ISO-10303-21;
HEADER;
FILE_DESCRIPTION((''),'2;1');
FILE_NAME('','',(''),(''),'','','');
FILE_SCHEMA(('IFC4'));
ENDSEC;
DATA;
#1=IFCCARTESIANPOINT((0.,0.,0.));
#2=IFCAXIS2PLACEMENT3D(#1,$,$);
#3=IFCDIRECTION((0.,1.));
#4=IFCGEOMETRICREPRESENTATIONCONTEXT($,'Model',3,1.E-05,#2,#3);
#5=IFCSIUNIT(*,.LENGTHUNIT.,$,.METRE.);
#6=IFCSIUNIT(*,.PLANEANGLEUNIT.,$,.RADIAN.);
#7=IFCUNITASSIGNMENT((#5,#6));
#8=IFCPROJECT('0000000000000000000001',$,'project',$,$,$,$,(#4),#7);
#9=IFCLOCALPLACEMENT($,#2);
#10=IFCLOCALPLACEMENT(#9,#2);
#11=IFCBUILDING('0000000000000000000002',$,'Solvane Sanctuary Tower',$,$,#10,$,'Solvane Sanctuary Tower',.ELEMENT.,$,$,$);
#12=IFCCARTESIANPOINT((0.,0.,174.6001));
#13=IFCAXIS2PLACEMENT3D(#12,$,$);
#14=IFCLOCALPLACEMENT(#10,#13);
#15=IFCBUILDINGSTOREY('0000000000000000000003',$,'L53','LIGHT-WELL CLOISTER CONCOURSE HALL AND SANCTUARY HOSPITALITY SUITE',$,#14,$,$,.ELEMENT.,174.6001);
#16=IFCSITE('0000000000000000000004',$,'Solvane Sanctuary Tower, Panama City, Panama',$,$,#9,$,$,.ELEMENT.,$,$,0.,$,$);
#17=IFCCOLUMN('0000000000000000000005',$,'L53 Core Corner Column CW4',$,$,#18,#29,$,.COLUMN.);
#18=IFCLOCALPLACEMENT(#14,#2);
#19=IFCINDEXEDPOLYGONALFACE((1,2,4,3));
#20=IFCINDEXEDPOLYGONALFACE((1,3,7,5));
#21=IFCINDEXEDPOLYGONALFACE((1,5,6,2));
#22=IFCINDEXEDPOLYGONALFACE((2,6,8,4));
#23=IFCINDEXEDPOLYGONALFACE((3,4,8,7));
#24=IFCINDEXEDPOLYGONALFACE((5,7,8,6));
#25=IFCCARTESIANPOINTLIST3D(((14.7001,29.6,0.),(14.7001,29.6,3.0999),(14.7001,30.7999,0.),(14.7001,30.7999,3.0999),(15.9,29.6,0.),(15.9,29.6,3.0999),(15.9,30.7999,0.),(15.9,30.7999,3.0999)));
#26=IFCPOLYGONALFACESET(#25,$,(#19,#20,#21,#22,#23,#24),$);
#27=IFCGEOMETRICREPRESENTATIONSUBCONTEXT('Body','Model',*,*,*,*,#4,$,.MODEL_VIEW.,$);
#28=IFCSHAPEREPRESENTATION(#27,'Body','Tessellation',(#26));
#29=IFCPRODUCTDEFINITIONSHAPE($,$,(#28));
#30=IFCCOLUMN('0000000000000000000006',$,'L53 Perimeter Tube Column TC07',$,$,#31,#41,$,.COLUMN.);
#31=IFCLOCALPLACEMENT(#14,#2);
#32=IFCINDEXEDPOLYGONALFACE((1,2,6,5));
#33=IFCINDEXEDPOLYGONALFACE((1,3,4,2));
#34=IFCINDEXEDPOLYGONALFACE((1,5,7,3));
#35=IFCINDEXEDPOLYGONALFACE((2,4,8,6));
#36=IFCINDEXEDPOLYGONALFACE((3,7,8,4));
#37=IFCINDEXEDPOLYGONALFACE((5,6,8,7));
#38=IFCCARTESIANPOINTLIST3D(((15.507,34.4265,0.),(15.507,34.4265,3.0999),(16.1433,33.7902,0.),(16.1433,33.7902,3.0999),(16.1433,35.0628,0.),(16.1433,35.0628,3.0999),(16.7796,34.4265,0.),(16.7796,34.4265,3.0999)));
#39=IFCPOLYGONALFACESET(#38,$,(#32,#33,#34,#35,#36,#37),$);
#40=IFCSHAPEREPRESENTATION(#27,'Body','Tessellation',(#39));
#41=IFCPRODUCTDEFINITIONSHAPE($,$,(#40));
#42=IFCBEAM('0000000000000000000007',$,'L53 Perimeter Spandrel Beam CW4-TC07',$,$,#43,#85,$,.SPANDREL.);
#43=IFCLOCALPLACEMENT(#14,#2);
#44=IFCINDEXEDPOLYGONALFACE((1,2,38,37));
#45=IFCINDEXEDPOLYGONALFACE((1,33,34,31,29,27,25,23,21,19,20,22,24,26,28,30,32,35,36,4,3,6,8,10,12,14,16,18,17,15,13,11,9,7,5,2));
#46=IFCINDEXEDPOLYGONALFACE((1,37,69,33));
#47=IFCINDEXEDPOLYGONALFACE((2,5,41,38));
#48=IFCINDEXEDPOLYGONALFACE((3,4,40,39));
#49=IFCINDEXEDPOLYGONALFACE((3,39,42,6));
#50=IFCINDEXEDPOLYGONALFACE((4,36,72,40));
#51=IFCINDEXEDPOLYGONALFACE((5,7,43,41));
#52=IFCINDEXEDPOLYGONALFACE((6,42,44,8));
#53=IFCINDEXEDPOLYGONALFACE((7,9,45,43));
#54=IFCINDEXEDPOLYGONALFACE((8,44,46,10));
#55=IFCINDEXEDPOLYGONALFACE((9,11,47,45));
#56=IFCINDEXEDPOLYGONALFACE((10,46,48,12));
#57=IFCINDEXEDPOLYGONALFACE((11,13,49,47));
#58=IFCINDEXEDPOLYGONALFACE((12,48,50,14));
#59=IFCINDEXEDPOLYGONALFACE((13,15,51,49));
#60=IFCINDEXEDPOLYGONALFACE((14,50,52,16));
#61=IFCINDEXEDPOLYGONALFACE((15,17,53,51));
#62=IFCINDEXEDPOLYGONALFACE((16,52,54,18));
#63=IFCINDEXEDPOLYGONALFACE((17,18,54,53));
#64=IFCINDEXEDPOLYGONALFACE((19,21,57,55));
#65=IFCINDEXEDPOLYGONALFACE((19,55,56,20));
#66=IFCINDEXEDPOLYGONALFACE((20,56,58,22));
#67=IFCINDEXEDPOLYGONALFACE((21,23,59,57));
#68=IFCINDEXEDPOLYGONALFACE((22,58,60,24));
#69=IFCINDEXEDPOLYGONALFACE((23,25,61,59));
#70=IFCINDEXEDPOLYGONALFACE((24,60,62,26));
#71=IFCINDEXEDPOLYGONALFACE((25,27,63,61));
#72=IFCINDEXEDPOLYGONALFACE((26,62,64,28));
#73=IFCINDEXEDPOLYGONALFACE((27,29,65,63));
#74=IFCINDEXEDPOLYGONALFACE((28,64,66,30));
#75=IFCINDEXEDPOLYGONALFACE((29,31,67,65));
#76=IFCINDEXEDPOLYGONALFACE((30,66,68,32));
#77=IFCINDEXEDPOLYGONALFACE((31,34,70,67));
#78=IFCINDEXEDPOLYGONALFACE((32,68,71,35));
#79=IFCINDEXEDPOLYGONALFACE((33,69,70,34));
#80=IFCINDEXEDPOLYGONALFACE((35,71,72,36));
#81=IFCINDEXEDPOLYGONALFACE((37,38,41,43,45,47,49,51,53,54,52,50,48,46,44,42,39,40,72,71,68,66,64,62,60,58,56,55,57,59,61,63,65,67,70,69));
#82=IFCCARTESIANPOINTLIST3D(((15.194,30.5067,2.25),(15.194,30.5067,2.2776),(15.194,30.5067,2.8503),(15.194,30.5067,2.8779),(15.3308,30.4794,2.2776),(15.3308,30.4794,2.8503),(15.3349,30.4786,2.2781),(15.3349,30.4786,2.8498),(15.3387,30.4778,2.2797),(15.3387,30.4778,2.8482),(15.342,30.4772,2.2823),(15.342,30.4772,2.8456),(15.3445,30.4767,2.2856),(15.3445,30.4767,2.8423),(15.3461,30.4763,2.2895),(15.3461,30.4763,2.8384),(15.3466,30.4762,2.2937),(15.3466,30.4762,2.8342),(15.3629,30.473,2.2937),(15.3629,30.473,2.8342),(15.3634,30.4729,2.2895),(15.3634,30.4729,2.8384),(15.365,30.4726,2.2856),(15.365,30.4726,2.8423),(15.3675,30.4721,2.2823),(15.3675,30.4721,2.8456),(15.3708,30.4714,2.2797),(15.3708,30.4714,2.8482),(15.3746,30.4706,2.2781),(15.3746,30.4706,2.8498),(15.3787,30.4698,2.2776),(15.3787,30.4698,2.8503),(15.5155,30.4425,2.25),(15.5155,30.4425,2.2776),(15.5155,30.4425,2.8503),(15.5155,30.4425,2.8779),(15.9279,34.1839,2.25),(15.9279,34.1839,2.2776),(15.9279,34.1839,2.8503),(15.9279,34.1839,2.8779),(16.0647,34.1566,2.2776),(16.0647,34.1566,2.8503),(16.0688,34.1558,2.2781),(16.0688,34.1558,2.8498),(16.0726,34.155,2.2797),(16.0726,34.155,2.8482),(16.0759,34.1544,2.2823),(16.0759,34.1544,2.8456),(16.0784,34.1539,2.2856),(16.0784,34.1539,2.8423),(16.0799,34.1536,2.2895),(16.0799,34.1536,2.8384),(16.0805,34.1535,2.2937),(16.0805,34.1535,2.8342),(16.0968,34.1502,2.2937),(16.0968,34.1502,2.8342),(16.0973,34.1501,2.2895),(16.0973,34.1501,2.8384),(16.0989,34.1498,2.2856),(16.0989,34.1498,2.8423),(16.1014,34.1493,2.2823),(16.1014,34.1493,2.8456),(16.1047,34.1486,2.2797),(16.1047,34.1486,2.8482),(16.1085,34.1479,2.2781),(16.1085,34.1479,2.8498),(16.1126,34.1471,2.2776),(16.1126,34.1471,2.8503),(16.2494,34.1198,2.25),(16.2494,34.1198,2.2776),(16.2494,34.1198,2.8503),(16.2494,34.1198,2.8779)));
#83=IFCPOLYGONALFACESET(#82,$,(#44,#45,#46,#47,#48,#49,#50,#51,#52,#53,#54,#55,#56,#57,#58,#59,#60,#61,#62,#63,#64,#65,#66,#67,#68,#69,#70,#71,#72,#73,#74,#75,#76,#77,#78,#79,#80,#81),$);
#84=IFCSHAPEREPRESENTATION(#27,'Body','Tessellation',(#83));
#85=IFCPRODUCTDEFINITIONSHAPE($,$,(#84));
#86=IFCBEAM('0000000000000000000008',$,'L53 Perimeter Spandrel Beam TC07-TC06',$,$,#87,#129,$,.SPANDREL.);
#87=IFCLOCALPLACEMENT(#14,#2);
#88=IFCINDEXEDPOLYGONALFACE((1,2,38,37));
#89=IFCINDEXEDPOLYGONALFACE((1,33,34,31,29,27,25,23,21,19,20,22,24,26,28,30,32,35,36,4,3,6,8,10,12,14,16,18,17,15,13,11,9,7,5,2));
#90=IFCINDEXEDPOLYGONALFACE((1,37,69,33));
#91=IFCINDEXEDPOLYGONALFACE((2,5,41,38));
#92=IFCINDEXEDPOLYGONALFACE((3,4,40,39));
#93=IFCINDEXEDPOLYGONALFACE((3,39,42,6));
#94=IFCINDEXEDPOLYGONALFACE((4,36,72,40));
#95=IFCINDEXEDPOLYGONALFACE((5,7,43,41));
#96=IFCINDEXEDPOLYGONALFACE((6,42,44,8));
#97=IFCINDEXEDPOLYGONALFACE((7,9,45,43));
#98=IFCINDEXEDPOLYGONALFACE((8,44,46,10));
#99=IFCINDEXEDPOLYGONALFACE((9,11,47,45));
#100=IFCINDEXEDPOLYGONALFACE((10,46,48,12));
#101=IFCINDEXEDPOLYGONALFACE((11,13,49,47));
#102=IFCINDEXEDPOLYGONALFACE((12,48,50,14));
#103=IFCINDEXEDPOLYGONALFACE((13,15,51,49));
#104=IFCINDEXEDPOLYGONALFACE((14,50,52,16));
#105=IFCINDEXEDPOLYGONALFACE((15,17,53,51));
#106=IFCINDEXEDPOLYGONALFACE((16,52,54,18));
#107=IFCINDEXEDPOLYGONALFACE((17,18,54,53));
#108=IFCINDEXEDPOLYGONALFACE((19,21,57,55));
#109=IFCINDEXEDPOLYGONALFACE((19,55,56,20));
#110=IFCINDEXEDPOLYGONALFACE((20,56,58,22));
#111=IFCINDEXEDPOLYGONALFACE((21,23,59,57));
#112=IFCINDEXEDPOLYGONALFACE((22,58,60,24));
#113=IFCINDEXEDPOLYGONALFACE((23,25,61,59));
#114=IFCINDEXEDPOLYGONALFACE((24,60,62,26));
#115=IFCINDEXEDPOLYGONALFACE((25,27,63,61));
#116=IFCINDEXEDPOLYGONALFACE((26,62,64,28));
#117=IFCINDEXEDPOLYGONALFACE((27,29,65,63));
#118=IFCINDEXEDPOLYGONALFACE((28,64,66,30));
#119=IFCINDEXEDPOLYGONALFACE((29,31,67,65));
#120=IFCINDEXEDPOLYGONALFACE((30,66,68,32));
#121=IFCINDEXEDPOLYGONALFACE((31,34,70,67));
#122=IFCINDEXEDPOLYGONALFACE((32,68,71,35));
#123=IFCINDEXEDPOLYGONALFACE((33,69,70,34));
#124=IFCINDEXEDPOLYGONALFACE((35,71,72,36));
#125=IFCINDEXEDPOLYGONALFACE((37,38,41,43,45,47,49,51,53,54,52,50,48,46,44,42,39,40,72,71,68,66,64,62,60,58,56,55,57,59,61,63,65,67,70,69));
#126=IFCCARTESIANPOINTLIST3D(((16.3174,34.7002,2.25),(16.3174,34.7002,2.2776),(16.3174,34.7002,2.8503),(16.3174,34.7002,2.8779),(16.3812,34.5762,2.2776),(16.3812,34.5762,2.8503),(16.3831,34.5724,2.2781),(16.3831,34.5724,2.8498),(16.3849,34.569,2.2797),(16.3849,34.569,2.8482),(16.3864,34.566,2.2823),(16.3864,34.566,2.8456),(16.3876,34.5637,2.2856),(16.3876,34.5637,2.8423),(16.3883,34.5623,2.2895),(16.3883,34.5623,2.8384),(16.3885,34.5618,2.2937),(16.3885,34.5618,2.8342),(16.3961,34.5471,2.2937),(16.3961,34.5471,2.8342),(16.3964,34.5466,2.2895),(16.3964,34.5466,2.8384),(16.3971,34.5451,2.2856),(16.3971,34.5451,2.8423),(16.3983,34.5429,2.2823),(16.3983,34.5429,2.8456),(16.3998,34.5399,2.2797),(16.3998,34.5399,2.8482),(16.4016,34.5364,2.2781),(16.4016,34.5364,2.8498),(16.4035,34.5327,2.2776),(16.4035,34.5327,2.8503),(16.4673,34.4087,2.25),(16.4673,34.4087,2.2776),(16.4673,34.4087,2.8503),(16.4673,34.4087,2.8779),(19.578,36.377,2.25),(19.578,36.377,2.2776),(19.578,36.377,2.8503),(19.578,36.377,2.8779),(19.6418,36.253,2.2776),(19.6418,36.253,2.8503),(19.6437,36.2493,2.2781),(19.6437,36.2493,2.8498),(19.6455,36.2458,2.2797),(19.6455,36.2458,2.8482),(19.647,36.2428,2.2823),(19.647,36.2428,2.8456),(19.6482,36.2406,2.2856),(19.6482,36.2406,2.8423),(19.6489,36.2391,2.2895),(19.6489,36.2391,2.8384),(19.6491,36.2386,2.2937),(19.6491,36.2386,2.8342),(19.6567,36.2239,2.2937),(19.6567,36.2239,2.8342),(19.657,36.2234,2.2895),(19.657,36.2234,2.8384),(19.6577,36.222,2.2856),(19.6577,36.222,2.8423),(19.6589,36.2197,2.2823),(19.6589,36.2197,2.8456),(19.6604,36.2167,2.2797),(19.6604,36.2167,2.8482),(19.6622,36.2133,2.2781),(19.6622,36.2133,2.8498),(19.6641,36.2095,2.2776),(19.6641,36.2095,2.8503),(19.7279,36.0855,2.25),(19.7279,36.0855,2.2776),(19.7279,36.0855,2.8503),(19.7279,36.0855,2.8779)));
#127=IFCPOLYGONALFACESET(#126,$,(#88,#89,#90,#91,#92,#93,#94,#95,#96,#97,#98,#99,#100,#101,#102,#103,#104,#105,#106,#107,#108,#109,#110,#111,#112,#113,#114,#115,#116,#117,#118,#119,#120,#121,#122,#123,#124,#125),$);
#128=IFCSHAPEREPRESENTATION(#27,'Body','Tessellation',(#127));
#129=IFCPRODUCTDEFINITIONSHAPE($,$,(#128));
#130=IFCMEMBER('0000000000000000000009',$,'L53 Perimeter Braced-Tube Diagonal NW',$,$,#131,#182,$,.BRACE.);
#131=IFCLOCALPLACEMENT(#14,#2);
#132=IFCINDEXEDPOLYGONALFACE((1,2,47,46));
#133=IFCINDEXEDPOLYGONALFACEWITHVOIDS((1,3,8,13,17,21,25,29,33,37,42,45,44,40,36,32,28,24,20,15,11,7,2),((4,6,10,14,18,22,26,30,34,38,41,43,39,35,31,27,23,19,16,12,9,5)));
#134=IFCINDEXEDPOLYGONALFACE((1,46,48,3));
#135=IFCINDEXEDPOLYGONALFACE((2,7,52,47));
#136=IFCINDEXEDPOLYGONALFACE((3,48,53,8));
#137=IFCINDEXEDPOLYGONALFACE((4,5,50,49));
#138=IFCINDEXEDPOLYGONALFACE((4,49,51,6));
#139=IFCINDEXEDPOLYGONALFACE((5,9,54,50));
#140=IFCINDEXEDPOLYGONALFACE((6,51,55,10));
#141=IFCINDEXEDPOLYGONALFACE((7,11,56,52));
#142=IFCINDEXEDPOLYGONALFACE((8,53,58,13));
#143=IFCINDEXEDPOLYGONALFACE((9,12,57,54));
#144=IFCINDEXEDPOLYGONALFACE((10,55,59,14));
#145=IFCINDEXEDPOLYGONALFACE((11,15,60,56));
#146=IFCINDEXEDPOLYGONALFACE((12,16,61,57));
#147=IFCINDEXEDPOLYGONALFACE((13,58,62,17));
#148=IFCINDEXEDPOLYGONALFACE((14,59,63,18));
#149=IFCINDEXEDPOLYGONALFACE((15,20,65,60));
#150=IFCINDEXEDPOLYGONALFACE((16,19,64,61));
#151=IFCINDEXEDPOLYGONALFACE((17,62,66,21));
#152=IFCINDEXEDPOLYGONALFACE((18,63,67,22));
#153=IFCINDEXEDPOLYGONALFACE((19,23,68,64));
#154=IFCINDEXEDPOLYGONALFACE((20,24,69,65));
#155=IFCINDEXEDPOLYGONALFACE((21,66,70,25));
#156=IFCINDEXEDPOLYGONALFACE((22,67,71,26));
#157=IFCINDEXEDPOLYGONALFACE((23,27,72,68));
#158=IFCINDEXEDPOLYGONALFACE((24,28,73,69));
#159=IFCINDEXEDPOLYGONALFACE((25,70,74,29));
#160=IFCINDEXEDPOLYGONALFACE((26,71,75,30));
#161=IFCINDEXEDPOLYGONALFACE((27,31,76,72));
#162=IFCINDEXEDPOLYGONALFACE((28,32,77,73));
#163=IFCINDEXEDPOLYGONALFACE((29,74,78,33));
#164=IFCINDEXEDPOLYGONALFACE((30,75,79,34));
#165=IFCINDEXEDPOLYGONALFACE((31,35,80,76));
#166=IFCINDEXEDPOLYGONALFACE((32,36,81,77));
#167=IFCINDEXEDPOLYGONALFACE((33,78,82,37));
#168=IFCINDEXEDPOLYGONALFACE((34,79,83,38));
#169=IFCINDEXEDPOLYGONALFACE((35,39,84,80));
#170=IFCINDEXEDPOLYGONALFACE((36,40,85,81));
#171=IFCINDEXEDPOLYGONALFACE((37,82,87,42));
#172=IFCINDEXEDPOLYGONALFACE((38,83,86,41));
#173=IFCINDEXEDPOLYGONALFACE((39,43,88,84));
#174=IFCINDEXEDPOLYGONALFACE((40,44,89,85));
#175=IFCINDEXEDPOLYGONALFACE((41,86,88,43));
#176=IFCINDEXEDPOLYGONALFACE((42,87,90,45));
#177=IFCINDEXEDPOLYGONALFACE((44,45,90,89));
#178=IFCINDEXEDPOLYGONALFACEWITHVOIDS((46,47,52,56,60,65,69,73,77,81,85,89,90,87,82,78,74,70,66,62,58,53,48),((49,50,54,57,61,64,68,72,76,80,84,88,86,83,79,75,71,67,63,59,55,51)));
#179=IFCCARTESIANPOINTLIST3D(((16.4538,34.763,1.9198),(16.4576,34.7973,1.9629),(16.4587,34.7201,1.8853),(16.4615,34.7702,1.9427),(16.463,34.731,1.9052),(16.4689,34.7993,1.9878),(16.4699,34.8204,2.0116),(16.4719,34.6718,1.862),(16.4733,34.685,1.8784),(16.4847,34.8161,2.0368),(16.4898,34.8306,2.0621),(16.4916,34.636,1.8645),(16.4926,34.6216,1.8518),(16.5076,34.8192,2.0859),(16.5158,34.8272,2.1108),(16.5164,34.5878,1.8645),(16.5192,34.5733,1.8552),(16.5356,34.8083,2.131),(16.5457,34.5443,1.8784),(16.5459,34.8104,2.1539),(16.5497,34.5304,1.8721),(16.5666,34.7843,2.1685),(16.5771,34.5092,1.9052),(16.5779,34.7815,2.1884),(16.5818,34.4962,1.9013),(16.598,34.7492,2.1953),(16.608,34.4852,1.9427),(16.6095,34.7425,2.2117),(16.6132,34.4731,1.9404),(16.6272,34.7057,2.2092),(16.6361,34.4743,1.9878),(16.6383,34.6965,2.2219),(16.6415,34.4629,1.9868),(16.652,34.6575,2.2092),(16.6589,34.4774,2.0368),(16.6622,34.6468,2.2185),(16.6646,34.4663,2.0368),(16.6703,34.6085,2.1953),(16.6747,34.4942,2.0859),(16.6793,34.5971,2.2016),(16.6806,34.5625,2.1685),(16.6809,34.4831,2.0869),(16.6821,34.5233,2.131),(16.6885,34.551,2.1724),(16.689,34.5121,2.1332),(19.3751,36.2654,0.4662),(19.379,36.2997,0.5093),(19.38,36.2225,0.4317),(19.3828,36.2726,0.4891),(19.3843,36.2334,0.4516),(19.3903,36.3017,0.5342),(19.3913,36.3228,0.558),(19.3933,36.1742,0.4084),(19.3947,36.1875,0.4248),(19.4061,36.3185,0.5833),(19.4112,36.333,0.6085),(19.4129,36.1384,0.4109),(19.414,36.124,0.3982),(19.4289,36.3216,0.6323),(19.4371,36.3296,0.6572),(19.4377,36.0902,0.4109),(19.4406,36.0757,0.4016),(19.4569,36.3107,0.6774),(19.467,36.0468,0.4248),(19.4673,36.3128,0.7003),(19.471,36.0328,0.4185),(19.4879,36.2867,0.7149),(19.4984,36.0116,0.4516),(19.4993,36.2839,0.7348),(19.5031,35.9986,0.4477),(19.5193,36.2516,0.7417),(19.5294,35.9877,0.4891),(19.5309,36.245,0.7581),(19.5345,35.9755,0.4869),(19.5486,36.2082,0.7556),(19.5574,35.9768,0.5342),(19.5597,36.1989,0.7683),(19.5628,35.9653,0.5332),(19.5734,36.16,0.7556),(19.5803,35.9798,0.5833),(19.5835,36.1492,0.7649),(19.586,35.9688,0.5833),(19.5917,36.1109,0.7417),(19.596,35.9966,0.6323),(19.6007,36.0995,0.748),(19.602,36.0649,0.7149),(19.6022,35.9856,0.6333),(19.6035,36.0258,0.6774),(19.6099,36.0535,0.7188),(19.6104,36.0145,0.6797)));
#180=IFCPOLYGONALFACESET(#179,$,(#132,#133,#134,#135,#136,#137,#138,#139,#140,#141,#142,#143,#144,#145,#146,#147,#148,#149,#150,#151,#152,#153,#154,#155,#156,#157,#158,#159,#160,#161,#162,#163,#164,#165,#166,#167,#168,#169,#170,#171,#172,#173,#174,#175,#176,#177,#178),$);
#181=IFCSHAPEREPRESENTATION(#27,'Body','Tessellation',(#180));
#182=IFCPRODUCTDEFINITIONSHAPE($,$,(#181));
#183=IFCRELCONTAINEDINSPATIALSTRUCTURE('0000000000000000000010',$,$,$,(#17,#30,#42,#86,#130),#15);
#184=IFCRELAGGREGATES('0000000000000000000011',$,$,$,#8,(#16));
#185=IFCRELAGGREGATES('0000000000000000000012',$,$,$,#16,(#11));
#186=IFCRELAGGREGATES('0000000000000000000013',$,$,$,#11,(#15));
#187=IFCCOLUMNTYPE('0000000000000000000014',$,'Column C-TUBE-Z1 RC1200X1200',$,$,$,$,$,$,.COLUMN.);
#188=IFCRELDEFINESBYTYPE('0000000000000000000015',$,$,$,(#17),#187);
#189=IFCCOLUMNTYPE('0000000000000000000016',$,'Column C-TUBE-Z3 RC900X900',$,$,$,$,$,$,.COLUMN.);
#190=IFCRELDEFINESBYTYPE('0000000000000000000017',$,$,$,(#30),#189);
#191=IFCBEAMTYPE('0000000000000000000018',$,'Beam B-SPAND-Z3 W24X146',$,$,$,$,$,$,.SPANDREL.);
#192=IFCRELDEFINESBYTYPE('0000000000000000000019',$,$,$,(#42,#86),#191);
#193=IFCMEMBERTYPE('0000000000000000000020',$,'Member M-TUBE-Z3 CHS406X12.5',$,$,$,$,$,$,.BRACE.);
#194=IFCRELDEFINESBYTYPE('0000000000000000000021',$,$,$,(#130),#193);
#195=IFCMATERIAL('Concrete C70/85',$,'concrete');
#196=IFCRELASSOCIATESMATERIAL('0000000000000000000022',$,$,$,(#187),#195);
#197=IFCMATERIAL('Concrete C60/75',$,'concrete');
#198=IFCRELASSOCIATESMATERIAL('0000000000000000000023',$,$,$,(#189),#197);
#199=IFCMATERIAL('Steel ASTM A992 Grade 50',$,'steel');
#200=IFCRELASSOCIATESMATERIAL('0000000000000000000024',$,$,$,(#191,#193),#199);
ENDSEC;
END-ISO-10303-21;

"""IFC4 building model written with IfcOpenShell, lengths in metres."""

from ifc_helpers import new_model, si_unit, direction, frame, origin, origin_2d, place, context, subcontext, project, spatial, rectangle, hollow_circle, i_section, extrude, material, material_profile, profile_set, type_object, element, save


model = new_model("IFC4")

# Units and contexts
model_context = context("Model", 3, precision=1e-05, world=origin(), true_north=direction((0.0, 1.0)))
body_context = subcontext(model_context, "Body", "Model", "MODEL_VIEW")
ifc_project = project(units=[si_unit("LENGTHUNIT", "METRE"), si_unit("PLANEANGLEUNIT", "RADIAN")], contexts=[model_context])

# Site, building, storey
site_placement = place(None, origin())
site = spatial("IfcSite", under=ifc_project, at=site_placement, Name="Solvane Sanctuary Tower, Panama City, Panama", CompositionType="ELEMENT", RefElevation=0.0)
building_placement = place(site_placement, origin())
building = spatial("IfcBuilding", under=site, at=building_placement, Name="Solvane Sanctuary Tower", LongName="Solvane Sanctuary Tower", CompositionType="ELEMENT")
storey_placement = place(building_placement, frame((0.0, 0.0, 174.6001)))
storey = spatial("IfcBuildingStorey", under=building, at=storey_placement, Name="L53", Description="LIGHT-WELL CLOISTER CONCOURSE HALL AND SANCTUARY HOSPITALITY SUITE", CompositionType="ELEMENT", Elevation=174.6001)

# Columns
ifc_material_1 = material(Name="Concrete C70/85", Category="concrete")
ifc_material_profile_1 = material_profile(ifc_material_1, rectangle(XDim=1.2, YDim=1.2, at=origin_2d()), Name="RC1200X1200")
ifc_profile_set_1 = profile_set([ifc_material_profile_1], Name="Concrete C70/85")
column_type_1 = type_object("IfcColumnType", Name="Column C-TUBE-Z1 RC1200X1200", PredefinedType="COLUMN", material=ifc_profile_set_1)
column_1_placement = place(storey_placement, frame((15.3, 30.2, 0.0), z_axis=(0.0, 0.0, 1.0), x_axis=(1.0, 0.0, 0.0)))
element("IfcColumn", 1, at=column_1_placement, inside=storey, type_object=column_type_1, Name="L53 Core Corner Column CW4", PredefinedType="COLUMN", context=body_context, shape_type="SweptSolid", body=[
    extrude(rectangle(XDim=1.2, YDim=1.2, at=origin_2d()), origin(), (0.0, 0.0, 1.0), 3.0999),
])
ifc_material_2 = material(Name="Concrete C60/75", Category="concrete")
ifc_material_profile_2 = material_profile(ifc_material_2, rectangle(XDim=0.8999, YDim=0.8999, at=origin_2d()), Name="RC900X900")
ifc_profile_set_2 = profile_set([ifc_material_profile_2], Name="Concrete C60/75")
column_type_2 = type_object("IfcColumnType", Name="Column C-TUBE-Z3 RC900X900", PredefinedType="COLUMN", material=ifc_profile_set_2)
column_2_placement = place(storey_placement, frame((16.1433, 34.4265, 0.0), z_axis=(0.0, 0.0, 1.0), x_axis=(-0.707107, 0.707107, 0.0)))
element("IfcColumn", 2, at=column_2_placement, inside=storey, type_object=column_type_2, Name="L53 Perimeter Tube Column TC07", PredefinedType="COLUMN", context=body_context, shape_type="SweptSolid", body=[
    extrude(rectangle(XDim=0.8999, YDim=0.8999, at=origin_2d()), origin(), (0.0, 0.0, 1.0), 3.0999),
])

# Beams
ifc_material_3 = material(Name="Steel ASTM A992 Grade 50", Category="steel")
ifc_material_profile_3 = material_profile(ifc_material_3, i_section(OverallWidth=0.3279, OverallDepth=0.6279, WebThickness=0.0166, FlangeThickness=0.0276, FilletRadius=0.0161, at=origin_2d()), Name="W24X146")
ifc_profile_set_3 = profile_set([ifc_material_profile_3], Name="Steel ASTM A992 Grade 50")
beam_type = type_object("IfcBeamType", Name="Beam B-SPAND-Z3 W24X146", PredefinedType="SPANDREL", material=ifc_profile_set_3)
beam_1_placement = place(storey_placement, frame((15.3547, 30.4746, 2.564), z_axis=(0.195715, 0.980661, 0.0), x_axis=(-0.980661, 0.195715, 0.0)))
element("IfcBeam", 3, at=beam_1_placement, inside=storey, type_object=beam_type, Name="L53 Perimeter Spandrel Beam CW4-TC07", PredefinedType="SPANDREL", context=body_context, shape_type="SweptSolid", body=[
    extrude(i_section(OverallWidth=0.3279, OverallDepth=0.6279, WebThickness=0.0166, FlangeThickness=0.0276, FilletRadius=0.0161, at=origin_2d()), origin(), (0.0, 0.0, 1.0), 3.7498),
])
beam_2_placement = place(storey_placement, frame((16.3923, 34.5544, 2.564), z_axis=(0.889296, 0.457333, 0.0), x_axis=(-0.457333, 0.889296, 0.0)))
element("IfcBeam", 4, at=beam_2_placement, inside=storey, type_object=beam_type, Name="L53 Perimeter Spandrel Beam TC07-TC06", PredefinedType="SPANDREL", context=body_context, shape_type="SweptSolid", body=[
    extrude(i_section(OverallWidth=0.3279, OverallDepth=0.6279, WebThickness=0.0166, FlangeThickness=0.0276, FilletRadius=0.0161, at=origin_2d()), origin(), (0.0, 0.0, 1.0), 3.6665),
])

# Member
ifc_material_profile_4 = material_profile(ifc_material_3, hollow_circle(Radius=0.2029, WallThickness=0.0125, at=origin_2d()), Name="CHS406X12.5")
ifc_profile_set_4 = profile_set([ifc_material_profile_4], Name="Steel ASTM A992 Grade 50")
member_type = type_object("IfcMemberType", Name="Member M-TUBE-Z3 CHS406X12.5", PredefinedType="BRACE", material=ifc_profile_set_4)
member_placement = place(storey_placement, frame((19.4932, 36.1492, 0.5833), z_axis=(-0.813229, -0.418236, 0.404644), x_axis=(0.457351, -0.889286, 0.0)))
element("IfcMember", 5, at=member_placement, inside=storey, type_object=member_type, Name="L53 Perimeter Braced-Tube Diagonal NW", PredefinedType="BRACE", context=body_context, shape_type="SweptSolid", body=[
    extrude(hollow_circle(Radius=0.2029, WallThickness=0.0125, at=origin_2d()), origin(), (0.0, 0.0, 1.0), 3.5923),
])

save(model, "model.ifc")
